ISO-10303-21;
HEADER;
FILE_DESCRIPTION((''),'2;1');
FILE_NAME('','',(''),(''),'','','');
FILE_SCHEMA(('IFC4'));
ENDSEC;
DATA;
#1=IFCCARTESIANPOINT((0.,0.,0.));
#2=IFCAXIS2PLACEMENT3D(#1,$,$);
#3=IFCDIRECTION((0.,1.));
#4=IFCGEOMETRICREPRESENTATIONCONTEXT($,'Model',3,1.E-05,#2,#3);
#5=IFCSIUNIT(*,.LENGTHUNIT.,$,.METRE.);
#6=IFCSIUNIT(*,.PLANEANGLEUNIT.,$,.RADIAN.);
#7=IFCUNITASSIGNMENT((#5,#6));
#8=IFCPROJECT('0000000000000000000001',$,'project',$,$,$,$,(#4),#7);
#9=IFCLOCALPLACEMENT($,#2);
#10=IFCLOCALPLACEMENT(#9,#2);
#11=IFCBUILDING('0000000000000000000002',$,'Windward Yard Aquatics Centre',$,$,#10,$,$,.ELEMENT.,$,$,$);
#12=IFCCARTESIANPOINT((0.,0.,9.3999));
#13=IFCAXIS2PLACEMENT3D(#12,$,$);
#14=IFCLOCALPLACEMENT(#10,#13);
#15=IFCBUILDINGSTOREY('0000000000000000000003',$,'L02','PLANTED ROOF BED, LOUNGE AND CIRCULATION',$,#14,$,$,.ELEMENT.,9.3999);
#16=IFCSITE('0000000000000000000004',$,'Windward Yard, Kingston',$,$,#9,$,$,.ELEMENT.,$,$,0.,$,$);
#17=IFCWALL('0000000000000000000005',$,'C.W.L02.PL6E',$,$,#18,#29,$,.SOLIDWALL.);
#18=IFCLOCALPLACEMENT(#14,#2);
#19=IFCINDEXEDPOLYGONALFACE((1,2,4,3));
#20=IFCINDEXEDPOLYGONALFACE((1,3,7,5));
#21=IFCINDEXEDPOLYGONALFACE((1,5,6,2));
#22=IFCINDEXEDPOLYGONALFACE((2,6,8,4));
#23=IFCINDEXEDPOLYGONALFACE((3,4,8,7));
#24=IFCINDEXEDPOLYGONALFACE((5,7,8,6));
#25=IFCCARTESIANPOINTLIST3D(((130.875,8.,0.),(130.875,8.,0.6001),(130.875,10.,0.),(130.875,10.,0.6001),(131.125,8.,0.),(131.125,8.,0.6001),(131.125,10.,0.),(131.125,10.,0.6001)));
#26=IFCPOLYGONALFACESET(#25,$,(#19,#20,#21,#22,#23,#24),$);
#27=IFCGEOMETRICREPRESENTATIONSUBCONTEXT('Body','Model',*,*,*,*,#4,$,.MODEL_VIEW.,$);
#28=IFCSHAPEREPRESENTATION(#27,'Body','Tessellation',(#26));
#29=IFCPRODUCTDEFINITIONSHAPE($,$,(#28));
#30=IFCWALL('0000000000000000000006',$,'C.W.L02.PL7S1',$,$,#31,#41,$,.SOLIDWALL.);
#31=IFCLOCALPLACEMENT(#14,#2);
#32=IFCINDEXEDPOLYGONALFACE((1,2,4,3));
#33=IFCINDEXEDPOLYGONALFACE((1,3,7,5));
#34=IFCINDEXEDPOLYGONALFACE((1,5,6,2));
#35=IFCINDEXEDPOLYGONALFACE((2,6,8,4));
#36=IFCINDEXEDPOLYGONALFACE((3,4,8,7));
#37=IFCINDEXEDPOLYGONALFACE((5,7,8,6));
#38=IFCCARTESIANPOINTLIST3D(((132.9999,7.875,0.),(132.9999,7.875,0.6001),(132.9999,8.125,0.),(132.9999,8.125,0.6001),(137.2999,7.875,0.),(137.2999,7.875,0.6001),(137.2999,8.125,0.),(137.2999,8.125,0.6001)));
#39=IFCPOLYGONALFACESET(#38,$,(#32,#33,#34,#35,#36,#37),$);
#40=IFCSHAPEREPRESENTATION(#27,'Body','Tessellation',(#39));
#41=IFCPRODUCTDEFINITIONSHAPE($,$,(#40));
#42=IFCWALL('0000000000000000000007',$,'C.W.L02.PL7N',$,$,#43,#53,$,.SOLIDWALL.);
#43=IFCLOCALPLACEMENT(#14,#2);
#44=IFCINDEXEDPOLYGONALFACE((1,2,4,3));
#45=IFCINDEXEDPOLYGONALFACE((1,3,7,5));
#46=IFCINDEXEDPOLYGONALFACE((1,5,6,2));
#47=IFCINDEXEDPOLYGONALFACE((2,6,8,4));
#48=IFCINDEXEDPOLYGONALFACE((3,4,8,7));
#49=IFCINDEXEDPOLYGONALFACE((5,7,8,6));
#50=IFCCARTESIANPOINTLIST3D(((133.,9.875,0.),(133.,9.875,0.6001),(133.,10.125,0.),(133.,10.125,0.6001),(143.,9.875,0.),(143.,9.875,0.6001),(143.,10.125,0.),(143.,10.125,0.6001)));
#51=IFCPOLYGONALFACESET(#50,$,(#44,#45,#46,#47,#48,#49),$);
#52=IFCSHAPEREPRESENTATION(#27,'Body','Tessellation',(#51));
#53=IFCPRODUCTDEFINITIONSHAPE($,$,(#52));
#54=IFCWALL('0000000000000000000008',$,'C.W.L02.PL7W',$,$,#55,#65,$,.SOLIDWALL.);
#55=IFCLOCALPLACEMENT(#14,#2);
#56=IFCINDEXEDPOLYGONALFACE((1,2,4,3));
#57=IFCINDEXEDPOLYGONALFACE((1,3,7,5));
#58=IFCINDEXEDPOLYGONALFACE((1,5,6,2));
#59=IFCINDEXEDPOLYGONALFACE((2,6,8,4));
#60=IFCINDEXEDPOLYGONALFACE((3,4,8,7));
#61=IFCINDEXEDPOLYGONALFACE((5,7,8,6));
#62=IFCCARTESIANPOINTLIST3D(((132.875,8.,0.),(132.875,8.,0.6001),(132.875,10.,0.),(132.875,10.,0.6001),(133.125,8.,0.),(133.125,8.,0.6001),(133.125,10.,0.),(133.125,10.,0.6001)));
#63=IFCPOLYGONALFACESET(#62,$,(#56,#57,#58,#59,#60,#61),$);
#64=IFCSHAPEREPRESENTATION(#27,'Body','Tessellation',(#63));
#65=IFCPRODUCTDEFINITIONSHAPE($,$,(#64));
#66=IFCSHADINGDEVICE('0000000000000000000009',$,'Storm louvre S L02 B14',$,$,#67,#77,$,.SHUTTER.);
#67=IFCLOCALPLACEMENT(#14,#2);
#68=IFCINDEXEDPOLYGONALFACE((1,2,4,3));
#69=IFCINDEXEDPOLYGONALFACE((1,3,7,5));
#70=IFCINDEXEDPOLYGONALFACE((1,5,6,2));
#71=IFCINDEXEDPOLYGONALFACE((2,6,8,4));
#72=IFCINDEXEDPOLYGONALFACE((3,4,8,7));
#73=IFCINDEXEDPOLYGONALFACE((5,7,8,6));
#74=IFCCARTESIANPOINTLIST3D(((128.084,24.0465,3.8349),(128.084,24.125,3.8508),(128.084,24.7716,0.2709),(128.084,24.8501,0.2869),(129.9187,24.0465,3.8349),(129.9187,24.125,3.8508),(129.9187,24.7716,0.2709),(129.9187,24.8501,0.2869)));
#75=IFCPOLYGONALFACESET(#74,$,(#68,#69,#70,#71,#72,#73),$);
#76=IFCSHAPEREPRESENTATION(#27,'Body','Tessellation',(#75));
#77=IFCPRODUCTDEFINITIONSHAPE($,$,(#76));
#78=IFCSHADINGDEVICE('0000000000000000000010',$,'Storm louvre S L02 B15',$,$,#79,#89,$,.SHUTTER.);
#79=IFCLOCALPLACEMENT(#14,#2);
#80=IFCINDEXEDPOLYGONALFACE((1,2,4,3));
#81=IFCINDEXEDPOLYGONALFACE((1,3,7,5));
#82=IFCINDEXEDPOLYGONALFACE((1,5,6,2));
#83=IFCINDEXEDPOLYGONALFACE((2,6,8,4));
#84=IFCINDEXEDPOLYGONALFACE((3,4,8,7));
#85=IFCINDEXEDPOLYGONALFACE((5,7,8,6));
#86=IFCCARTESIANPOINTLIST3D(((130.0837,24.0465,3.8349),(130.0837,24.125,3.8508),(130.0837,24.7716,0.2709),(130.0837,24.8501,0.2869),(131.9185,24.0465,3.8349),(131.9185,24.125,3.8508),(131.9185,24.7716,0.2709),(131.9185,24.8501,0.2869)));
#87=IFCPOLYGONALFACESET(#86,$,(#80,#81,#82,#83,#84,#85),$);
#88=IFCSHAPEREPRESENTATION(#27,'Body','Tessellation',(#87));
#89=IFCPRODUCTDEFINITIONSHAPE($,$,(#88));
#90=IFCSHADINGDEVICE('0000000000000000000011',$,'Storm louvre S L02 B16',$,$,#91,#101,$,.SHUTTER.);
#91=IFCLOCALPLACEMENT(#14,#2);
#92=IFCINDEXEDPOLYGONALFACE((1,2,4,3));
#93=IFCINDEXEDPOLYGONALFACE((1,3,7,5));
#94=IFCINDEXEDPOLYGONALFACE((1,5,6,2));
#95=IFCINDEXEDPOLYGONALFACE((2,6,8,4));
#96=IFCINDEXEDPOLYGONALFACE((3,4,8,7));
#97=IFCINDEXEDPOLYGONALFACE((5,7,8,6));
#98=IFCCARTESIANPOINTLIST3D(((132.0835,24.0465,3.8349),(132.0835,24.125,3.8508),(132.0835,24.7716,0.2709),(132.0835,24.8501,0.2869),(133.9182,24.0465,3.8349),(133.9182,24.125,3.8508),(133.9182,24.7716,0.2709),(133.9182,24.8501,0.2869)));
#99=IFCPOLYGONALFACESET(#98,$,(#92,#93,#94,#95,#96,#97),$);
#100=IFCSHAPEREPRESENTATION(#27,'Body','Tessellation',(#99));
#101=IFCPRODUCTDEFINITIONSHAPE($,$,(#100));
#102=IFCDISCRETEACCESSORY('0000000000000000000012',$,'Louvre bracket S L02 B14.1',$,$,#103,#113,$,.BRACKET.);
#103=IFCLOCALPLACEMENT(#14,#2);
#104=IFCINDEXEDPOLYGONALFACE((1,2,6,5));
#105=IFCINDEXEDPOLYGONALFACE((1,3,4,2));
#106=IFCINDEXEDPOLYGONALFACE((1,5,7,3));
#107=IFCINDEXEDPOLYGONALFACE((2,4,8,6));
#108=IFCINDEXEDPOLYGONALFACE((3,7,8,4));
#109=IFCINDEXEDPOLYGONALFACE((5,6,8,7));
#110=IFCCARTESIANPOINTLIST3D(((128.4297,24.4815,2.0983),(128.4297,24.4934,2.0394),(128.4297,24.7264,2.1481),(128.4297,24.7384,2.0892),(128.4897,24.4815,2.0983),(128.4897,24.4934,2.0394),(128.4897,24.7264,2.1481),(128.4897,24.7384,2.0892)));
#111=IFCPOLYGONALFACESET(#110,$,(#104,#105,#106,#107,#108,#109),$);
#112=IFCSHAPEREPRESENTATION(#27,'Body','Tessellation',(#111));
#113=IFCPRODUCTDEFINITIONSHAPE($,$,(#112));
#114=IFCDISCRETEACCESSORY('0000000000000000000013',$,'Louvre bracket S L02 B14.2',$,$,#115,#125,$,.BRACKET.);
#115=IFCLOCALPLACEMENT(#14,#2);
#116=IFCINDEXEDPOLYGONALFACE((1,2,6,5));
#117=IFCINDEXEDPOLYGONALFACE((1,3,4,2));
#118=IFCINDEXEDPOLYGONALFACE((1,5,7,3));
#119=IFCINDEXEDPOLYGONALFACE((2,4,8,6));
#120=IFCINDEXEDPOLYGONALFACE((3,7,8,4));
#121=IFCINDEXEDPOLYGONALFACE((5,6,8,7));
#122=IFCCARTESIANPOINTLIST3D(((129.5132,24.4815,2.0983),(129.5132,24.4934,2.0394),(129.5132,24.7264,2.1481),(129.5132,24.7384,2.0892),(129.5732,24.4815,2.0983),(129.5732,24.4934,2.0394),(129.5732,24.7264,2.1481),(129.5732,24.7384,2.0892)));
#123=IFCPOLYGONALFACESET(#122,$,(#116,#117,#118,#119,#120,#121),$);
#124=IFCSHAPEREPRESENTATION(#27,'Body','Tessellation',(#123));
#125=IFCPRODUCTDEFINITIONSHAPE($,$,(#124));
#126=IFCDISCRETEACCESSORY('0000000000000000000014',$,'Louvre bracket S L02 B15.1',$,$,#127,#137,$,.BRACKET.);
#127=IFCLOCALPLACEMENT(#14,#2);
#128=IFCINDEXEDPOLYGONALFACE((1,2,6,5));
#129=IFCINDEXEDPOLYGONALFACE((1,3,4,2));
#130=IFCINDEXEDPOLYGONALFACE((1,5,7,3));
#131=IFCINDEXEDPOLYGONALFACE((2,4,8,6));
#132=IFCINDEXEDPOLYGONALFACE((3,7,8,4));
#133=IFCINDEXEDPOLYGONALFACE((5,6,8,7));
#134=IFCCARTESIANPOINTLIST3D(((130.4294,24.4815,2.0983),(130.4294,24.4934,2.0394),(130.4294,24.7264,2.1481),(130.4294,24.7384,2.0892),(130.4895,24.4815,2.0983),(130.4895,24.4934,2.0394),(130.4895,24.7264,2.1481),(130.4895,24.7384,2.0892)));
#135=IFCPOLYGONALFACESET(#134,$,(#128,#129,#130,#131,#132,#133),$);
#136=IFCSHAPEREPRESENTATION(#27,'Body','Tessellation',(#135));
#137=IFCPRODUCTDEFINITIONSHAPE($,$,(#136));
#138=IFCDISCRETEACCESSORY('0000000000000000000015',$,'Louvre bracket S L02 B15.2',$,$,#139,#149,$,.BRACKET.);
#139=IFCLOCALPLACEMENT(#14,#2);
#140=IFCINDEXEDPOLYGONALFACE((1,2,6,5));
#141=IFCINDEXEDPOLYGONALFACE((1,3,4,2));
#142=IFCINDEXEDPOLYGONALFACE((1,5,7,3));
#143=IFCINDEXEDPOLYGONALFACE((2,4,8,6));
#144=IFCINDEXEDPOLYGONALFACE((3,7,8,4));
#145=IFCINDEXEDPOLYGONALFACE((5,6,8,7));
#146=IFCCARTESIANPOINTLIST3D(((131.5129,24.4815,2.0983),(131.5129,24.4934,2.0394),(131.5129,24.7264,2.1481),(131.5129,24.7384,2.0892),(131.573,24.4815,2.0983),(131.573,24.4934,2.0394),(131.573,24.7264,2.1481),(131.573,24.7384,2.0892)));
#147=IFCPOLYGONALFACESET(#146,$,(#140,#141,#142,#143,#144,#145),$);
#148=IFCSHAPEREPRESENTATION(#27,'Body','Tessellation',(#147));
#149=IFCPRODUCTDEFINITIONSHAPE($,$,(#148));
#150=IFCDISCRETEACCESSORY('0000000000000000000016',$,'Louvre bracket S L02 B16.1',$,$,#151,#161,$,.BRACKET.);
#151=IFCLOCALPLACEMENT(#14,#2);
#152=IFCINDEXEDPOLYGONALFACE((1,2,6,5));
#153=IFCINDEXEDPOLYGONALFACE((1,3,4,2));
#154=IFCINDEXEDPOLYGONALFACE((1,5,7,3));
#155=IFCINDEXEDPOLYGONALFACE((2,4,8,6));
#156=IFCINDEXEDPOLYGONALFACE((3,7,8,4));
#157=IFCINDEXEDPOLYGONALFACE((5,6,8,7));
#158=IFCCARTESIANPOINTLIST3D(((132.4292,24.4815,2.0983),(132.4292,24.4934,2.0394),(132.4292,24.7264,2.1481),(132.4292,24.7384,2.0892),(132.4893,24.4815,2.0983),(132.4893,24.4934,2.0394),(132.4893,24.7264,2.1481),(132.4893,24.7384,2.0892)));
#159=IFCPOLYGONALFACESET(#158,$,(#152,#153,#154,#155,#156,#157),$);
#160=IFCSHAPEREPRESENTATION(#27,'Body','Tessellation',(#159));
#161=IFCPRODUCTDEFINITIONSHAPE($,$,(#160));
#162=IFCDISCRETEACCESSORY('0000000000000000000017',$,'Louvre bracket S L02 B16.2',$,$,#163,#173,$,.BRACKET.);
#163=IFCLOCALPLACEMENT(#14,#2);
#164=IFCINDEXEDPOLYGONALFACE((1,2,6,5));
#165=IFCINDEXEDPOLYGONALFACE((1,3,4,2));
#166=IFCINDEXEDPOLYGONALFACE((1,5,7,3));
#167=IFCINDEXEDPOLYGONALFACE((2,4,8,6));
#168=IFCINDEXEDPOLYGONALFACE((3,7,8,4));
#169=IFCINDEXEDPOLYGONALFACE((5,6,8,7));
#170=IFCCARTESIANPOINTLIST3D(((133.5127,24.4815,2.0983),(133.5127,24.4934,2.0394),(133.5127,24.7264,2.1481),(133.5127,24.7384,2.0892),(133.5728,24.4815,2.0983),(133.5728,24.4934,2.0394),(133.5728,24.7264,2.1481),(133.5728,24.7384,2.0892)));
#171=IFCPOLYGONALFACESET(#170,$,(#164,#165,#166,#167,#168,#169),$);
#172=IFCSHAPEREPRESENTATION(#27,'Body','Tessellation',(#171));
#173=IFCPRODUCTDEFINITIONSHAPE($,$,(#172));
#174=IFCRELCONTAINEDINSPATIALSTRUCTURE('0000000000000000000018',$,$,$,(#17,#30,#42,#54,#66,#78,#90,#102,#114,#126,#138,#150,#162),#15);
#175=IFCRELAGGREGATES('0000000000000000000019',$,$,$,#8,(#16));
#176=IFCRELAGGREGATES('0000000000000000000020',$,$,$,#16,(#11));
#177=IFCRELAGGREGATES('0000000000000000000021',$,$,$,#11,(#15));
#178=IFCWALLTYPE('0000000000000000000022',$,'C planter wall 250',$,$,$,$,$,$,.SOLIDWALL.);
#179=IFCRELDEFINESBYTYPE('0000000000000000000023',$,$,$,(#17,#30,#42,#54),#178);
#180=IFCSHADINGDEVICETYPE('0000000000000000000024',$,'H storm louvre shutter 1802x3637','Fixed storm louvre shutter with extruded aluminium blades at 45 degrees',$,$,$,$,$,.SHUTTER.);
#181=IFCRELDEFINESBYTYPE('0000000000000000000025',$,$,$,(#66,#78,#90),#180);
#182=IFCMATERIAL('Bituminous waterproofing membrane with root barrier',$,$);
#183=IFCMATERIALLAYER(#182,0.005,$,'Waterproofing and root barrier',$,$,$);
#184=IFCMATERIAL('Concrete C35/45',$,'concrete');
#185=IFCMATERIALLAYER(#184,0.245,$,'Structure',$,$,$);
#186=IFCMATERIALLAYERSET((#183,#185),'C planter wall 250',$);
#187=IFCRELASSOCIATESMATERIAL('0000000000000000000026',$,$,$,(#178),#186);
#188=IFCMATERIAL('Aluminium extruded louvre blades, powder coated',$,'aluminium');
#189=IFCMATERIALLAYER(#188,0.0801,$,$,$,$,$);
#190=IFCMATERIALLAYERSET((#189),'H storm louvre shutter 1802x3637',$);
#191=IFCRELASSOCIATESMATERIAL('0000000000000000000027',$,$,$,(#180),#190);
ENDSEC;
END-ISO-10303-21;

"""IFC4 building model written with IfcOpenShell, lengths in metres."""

from ifc_helpers import new_model, si_unit, direction, frame, frame_2d, origin, origin_2d, place, context, subcontext, project, spatial, polyline, rectangle, outline, extrude, material, layer, layer_set, type_object, element, save


model = new_model("IFC4")

# Units and contexts
model_context = context("Model", 3, precision=1e-05, world=origin(), true_north=direction((0.0, 1.0)))
body_context = subcontext(model_context, "Body", "Model", "MODEL_VIEW")
ifc_project = project(units=[si_unit("LENGTHUNIT", "METRE"), si_unit("PLANEANGLEUNIT", "RADIAN")], contexts=[model_context])

# Site, building, storey
site_placement = place(None, origin())
site = spatial("IfcSite", under=ifc_project, at=site_placement, Name="Windward Yard, Kingston", CompositionType="ELEMENT", RefElevation=0.0)
building_placement = place(site_placement, origin())
building = spatial("IfcBuilding", under=site, at=building_placement, Name="Windward Yard Aquatics Centre", CompositionType="ELEMENT")
storey_placement = place(building_placement, frame((0.0, 0.0, 9.3999)))
storey = spatial("IfcBuildingStorey", under=building, at=storey_placement, Name="L02", Description="PLANTED ROOF BED, LOUNGE AND CIRCULATION", CompositionType="ELEMENT", Elevation=9.3999)

# Walls
ifc_material_1 = material(Name="Bituminous waterproofing membrane with root barrier")
ifc_layer_1 = layer(ifc_material_1, 0.005, Name="Waterproofing and root barrier")
ifc_material_2 = material(Name="Concrete C35/45", Category="concrete")
ifc_layer_2 = layer(ifc_material_2, 0.245, Name="Structure")
ifc_layer_set_1 = layer_set([ifc_layer_1, ifc_layer_2], Name="C planter wall 250")
wall_type = type_object("IfcWallType", Name="C planter wall 250", PredefinedType="SOLIDWALL", material=ifc_layer_set_1)
wall_1_placement = place(storey_placement, frame((131.0, 8.0, 0.0), z_axis=(0.0, 0.0, 1.0), x_axis=(0.0, 1.0, 0.0)))
element("IfcWall", 1, at=wall_1_placement, inside=storey, type_object=wall_type, Name="C.W.L02.PL6E", PredefinedType="SOLIDWALL", context=body_context, shape_type="SweptSolid", body=[
    extrude(rectangle(XDim=2.0, YDim=0.25, at=frame_2d((1.0, 0.0))), origin(), (0.0, 0.0, 1.0), 0.6001),
])
wall_2_placement = place(storey_placement, frame((133.0, 8.0, 0.0), z_axis=(0.0, 0.0, 1.0), x_axis=(1.0, 0.0, 0.0)))
element("IfcWall", 2, at=wall_2_placement, inside=storey, type_object=wall_type, Name="C.W.L02.PL7S1", PredefinedType="SOLIDWALL", context=body_context, shape_type="SweptSolid", body=[
    extrude(rectangle(XDim=4.3, YDim=0.25, at=frame_2d((2.1499, 0.0))), origin(), (0.0, 0.0, 1.0), 0.6001),
])
wall_3_placement = place(storey_placement, frame((133.0, 10.0, 0.0), z_axis=(0.0, 0.0, 1.0), x_axis=(1.0, 0.0, 0.0)))
element("IfcWall", 3, at=wall_3_placement, inside=storey, type_object=wall_type, Name="C.W.L02.PL7N", PredefinedType="SOLIDWALL", context=body_context, shape_type="SweptSolid", body=[
    extrude(rectangle(XDim=10.0, YDim=0.25, at=frame_2d((5.0, 0.0))), origin(), (0.0, 0.0, 1.0), 0.6001),
])
wall_4_placement = place(storey_placement, frame((133.0, 8.0, 0.0), z_axis=(0.0, 0.0, 1.0), x_axis=(0.0, 1.0, 0.0)))
element("IfcWall", 4, at=wall_4_placement, inside=storey, type_object=wall_type, Name="C.W.L02.PL7W", PredefinedType="SOLIDWALL", context=body_context, shape_type="SweptSolid", body=[
    extrude(rectangle(XDim=2.0, YDim=0.25, at=frame_2d((1.0, 0.0))), origin(), (0.0, 0.0, 1.0), 0.6001),
])

# Shading devices
ifc_material_3 = material(Name="Aluminium extruded louvre blades, powder coated", Category="aluminium")
ifc_layer_3 = layer(ifc_material_3, 0.0801)
ifc_layer_set_2 = layer_set([ifc_layer_3], Name="H storm louvre shutter 1802x3637")
shading_device_type = type_object("IfcShadingDeviceType", Name="H storm louvre shutter 1802x3637", Description="Fixed storm louvre shutter with extruded aluminium blades at 45 degrees", PredefinedType="SHUTTER", material=ifc_layer_set_2)
for number, where, z_axis, x_axis, name in (
    (5, (128.084, 24.125, 3.8508), (0.0, 0.979925, 0.199368), (0.0, 0.199368, -0.979925), "Storm louvre S L02 B14"),
    (6, (130.0837, 24.125, 3.8508), (0.0, 0.979925, 0.199368), (0.0, 0.199368, -0.979925), "Storm louvre S L02 B15"),
    (7, (132.0835, 24.125, 3.8508), (0.0, 0.979925, 0.199368), (0.0, 0.199368, -0.979925), "Storm louvre S L02 B16"),
):
    element("IfcShadingDevice", number, at=place(storey_placement, frame(where, z_axis=z_axis, x_axis=x_axis)), inside=storey, type_object=shading_device_type, Name=name, PredefinedType="SHUTTER", context=body_context, shape_type="SweptSolid", body=[
        extrude(outline(polyline([(0.0, 0.0), (3.637, 0.0), (3.637, -1.8347), (0.0, -1.8347), (0.0, 0.0)])), origin(), (0.0, 0.0, -1.0), 0.0801),
    ])

# Discrete accessories
for number, where, z_axis, x_axis, name in (
    (8, (128.4597, 24.7324, 2.1187), (0.0, -0.979937, -0.199309), (1.0, 0.0, 0.0), "Louvre bracket S L02 B14.1"),
    (9, (129.5432, 24.7324, 2.1187), (0.0, -0.979937, -0.199309), (1.0, 0.0, 0.0), "Louvre bracket S L02 B14.2"),
    (10, (130.4595, 24.7324, 2.1187), (0.0, -0.979937, -0.199309), (1.0, 0.0, 0.0), "Louvre bracket S L02 B15.1"),
    (11, (131.543, 24.7324, 2.1187), (0.0, -0.979937, -0.199309), (1.0, 0.0, 0.0), "Louvre bracket S L02 B15.2"),
    (12, (132.4592, 24.7324, 2.1187), (0.0, -0.979937, -0.199309), (1.0, 0.0, 0.0), "Louvre bracket S L02 B16.1"),
    (13, (133.5427, 24.7324, 2.1187), (0.0, -0.979937, -0.199309), (1.0, 0.0, 0.0), "Louvre bracket S L02 B16.2"),
):
    element("IfcDiscreteAccessory", number, at=place(storey_placement, frame(where, z_axis=z_axis, x_axis=x_axis)), inside=storey, Name=name, PredefinedType="BRACKET", context=body_context, shape_type="SweptSolid", body=[
        extrude(rectangle(XDim=0.0601, YDim=0.0601, at=origin_2d()), origin(), (0.0, 0.0, 1.0), 0.25),
    ])

save(model, "model.ifc")
